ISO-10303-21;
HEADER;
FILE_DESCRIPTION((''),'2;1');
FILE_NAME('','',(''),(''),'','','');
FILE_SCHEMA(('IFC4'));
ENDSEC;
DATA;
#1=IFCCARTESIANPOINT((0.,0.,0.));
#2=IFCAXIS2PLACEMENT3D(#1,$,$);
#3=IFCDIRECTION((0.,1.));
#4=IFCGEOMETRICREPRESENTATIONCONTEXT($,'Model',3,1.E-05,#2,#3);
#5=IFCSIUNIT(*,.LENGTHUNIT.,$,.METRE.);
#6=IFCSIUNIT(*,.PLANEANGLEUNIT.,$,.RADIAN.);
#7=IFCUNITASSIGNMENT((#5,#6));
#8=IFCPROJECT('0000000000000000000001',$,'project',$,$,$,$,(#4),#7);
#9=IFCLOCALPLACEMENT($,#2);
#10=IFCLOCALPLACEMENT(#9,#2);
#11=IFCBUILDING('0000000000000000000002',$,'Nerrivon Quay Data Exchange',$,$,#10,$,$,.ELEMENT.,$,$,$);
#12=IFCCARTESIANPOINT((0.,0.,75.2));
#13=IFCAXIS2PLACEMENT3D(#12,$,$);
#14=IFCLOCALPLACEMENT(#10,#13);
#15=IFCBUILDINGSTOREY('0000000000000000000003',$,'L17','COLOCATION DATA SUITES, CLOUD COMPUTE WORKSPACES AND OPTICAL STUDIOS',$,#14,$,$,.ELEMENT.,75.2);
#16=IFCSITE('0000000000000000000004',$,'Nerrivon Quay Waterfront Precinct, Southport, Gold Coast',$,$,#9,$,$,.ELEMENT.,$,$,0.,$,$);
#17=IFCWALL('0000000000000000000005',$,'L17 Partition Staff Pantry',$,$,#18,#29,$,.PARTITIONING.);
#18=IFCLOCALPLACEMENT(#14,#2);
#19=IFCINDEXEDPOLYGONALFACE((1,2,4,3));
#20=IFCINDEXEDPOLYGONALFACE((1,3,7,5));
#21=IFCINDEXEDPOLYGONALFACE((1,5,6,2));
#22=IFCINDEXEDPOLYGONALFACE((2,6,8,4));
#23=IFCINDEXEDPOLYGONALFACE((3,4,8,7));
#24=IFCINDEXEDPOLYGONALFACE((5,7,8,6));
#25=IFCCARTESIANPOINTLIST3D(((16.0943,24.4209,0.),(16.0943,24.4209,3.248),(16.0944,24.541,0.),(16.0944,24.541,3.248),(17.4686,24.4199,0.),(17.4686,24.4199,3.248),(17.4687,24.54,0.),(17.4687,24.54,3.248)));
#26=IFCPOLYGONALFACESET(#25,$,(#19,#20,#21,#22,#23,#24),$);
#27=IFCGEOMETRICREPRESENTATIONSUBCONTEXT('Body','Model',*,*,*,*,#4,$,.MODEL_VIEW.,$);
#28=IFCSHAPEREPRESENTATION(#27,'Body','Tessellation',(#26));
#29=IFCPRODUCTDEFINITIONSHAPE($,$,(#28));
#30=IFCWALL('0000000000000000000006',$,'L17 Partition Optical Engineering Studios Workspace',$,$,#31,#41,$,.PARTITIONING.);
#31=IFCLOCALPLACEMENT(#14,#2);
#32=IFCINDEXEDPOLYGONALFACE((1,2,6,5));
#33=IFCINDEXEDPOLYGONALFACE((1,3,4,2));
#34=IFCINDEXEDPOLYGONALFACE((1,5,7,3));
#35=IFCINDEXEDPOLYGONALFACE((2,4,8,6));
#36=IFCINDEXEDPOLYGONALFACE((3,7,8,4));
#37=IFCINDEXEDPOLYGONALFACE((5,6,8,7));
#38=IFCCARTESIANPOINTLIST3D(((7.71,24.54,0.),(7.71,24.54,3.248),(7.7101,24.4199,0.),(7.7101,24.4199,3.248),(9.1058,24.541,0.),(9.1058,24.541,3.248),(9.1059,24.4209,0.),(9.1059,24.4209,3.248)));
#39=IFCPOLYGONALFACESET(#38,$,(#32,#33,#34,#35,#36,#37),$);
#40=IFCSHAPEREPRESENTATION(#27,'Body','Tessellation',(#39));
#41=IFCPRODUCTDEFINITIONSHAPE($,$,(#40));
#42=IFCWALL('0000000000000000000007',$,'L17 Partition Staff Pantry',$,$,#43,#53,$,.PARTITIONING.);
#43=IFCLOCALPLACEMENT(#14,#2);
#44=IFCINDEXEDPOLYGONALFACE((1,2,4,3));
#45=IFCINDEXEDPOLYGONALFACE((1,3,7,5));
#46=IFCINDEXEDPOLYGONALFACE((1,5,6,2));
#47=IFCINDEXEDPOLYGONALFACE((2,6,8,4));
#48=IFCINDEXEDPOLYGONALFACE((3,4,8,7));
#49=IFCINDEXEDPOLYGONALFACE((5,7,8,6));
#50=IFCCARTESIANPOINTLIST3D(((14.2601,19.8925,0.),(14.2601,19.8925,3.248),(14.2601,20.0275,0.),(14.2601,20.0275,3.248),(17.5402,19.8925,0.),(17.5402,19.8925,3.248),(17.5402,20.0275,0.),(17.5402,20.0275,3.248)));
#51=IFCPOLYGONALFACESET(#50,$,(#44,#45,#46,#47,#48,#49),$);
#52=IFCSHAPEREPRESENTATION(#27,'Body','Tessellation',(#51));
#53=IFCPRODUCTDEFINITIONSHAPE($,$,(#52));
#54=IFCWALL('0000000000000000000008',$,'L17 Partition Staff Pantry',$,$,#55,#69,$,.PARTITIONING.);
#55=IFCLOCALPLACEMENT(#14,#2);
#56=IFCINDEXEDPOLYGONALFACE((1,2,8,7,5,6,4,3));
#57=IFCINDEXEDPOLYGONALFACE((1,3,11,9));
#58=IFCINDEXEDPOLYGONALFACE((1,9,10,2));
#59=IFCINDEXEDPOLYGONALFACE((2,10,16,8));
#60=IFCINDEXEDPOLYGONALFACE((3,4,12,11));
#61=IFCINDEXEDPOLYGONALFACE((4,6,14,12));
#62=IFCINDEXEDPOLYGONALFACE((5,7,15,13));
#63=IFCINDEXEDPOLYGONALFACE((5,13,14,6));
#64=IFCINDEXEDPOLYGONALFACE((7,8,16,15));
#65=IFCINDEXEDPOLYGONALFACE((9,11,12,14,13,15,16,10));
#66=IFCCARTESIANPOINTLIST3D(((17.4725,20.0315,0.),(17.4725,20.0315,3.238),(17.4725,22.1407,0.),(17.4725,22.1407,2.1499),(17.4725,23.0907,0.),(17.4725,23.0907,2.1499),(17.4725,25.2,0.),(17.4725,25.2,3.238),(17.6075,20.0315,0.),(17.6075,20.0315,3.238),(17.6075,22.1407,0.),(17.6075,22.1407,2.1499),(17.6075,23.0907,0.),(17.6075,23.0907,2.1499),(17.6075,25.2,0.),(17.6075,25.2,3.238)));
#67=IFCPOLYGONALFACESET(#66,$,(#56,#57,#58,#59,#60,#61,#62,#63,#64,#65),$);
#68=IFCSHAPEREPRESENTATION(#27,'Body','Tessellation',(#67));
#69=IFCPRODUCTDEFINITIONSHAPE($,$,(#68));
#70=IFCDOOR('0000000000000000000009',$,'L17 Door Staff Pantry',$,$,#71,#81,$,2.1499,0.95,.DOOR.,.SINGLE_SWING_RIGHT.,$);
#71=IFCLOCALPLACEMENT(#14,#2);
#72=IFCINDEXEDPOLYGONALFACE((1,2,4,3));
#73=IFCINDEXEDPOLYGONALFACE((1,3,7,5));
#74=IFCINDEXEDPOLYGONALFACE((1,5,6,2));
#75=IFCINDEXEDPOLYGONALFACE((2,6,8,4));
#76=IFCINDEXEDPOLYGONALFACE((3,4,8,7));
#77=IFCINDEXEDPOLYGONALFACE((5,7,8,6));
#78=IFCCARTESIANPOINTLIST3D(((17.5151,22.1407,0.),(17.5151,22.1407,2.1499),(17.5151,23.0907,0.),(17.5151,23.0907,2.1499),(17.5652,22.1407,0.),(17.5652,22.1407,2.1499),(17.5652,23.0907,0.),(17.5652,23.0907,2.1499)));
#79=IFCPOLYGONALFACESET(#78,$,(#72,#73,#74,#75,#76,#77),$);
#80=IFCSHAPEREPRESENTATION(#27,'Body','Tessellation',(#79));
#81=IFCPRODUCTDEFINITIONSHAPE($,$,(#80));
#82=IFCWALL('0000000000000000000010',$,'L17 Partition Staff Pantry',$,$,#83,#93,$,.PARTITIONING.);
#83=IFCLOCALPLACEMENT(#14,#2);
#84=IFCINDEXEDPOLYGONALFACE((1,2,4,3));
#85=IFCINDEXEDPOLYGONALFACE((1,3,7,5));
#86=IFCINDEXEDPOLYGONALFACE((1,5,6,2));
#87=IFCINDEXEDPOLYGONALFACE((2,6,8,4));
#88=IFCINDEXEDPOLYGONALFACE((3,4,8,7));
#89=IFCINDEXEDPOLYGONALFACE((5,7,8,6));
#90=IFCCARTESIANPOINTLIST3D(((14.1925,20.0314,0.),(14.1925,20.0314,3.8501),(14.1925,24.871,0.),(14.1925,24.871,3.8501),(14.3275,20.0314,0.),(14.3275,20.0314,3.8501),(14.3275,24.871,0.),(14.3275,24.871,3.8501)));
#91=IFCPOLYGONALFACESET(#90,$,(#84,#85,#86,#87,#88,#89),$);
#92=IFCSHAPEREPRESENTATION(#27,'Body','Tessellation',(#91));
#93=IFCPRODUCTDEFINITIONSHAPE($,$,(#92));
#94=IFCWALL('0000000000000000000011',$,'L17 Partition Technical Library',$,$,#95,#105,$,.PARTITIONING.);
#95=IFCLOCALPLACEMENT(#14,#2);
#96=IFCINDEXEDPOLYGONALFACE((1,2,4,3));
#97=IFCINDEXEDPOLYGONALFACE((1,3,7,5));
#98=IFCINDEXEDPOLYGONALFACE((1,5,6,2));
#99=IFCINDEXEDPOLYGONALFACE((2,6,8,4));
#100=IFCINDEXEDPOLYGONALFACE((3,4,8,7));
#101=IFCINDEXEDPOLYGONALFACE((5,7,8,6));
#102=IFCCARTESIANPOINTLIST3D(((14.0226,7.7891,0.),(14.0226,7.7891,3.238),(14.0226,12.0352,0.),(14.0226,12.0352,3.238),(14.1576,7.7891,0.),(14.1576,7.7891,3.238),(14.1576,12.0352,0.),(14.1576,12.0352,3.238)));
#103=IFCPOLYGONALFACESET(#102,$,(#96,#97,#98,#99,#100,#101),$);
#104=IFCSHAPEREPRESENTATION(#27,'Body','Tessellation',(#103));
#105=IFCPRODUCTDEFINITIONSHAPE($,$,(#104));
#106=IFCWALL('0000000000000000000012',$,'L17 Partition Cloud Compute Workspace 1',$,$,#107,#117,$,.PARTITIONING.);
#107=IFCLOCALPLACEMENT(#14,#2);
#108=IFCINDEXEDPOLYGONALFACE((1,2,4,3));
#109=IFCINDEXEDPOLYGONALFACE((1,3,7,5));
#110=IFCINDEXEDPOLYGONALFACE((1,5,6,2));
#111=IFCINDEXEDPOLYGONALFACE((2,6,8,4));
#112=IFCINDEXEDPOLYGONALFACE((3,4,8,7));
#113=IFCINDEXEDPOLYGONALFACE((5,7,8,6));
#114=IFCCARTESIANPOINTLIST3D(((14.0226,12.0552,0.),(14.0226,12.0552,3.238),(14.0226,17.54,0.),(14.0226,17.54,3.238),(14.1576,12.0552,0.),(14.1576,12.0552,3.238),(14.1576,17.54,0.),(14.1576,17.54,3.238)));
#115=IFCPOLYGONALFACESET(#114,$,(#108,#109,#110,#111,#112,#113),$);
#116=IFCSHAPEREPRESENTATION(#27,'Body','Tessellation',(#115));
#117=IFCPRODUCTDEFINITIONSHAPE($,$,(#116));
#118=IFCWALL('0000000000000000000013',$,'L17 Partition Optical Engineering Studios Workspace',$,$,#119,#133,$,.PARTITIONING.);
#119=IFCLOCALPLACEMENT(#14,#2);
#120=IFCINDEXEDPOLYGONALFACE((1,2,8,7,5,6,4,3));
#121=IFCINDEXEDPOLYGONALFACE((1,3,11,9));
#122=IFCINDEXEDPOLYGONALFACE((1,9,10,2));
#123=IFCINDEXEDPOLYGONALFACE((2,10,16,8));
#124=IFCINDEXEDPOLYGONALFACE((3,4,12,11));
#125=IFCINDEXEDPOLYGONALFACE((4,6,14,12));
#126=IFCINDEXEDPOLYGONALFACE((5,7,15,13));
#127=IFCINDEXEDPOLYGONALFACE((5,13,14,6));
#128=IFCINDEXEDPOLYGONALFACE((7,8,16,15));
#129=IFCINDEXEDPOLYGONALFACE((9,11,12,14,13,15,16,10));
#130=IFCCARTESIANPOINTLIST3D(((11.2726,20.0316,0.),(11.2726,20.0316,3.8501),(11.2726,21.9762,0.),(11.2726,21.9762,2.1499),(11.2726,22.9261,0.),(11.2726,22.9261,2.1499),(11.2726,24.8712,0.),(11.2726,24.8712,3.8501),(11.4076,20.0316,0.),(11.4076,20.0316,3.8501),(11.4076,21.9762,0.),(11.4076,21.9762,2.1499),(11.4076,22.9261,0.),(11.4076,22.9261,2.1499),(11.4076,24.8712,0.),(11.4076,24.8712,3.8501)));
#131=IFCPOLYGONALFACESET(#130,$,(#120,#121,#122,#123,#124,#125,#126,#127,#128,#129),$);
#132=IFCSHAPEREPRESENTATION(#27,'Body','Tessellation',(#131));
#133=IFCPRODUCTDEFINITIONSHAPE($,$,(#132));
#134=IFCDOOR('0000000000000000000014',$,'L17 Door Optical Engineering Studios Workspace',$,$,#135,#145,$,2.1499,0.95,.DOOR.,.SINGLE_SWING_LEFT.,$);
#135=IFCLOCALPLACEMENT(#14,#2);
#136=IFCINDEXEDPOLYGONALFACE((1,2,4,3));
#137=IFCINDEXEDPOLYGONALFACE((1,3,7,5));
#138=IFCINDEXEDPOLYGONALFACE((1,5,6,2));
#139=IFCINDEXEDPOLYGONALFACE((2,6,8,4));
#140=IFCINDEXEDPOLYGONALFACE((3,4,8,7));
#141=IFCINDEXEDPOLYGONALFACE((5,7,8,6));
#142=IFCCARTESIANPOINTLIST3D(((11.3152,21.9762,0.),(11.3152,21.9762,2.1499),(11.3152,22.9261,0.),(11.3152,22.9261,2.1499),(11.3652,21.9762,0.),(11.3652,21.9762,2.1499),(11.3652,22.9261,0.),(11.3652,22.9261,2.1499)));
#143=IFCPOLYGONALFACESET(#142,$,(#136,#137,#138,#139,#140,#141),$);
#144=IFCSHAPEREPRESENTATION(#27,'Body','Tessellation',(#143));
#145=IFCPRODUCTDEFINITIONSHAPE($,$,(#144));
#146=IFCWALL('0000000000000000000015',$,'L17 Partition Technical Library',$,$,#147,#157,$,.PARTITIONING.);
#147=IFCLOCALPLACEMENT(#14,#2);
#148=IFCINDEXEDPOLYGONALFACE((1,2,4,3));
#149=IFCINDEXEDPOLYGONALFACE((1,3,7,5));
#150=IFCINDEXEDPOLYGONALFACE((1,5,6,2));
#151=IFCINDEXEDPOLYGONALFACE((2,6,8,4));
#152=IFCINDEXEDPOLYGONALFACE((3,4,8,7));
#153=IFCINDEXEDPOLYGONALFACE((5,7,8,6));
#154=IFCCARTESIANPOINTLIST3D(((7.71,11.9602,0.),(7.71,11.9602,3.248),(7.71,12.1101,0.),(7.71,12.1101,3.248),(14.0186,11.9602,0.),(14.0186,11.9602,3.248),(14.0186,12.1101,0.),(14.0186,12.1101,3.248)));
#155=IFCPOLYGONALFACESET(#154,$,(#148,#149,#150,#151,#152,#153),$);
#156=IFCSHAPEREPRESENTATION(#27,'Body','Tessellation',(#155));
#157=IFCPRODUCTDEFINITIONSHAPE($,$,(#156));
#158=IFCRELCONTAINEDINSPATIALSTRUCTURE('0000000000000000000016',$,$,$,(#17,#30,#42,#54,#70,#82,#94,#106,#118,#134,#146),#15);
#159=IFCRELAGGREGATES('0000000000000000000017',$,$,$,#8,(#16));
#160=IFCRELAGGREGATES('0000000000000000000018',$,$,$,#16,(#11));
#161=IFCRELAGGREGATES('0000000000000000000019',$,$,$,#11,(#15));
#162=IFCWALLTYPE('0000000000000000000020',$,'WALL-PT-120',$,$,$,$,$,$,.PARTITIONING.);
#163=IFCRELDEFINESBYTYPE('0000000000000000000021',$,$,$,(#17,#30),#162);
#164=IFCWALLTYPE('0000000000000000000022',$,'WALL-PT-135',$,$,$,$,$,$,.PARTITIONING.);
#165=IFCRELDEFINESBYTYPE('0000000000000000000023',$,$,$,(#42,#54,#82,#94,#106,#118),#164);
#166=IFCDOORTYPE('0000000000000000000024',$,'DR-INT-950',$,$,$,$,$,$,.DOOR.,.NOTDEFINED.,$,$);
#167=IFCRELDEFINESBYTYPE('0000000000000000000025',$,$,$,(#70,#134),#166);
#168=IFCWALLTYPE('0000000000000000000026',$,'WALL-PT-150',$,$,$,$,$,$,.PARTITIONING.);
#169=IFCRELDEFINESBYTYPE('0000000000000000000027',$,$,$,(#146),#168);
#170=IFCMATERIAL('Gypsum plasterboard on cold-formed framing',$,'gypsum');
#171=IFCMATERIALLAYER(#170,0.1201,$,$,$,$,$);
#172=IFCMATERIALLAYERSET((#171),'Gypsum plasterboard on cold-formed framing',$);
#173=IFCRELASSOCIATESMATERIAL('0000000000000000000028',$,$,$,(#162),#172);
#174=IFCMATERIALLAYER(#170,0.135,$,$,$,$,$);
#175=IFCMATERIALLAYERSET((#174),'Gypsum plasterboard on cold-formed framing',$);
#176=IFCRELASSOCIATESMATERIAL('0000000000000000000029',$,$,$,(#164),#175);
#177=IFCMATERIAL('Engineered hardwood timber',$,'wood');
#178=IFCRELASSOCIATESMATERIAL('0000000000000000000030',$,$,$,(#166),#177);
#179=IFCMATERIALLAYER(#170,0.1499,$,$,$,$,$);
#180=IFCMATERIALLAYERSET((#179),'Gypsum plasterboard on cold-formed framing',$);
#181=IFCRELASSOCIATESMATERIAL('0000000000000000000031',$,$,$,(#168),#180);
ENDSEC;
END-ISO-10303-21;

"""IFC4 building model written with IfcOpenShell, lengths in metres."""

from ifc_helpers import new_model, si_unit, direction, frame, frame_2d, origin, place, context, subcontext, project, spatial, rectangle, extrude, material, layer, layer_set, type_object, element, fill, save


model = new_model("IFC4")

# Units and contexts
model_context = context("Model", 3, precision=1e-05, world=origin(), true_north=direction((0.0, 1.0)))
body_context = subcontext(model_context, "Body", "Model", "MODEL_VIEW")
ifc_project = project(units=[si_unit("LENGTHUNIT", "METRE"), si_unit("PLANEANGLEUNIT", "RADIAN")], contexts=[model_context])

# Site, building, storey
site_placement = place(None, origin())
site = spatial("IfcSite", under=ifc_project, at=site_placement, Name="Nerrivon Quay Waterfront Precinct, Southport, Gold Coast", CompositionType="ELEMENT", RefElevation=0.0)
building_placement = place(site_placement, origin())
building = spatial("IfcBuilding", under=site, at=building_placement, Name="Nerrivon Quay Data Exchange", CompositionType="ELEMENT")
storey_placement = place(building_placement, frame((0.0, 0.0, 75.2)))
storey = spatial("IfcBuildingStorey", under=building, at=storey_placement, Name="L17", Description="COLOCATION DATA SUITES, CLOUD COMPUTE WORKSPACES AND OPTICAL STUDIOS", CompositionType="ELEMENT", Elevation=75.2)

# Walls
ifc_material_1 = material(Name="Gypsum plasterboard on cold-formed framing", Category="gypsum")
ifc_layer_1 = layer(ifc_material_1, 0.1201)
ifc_layer_set_1 = layer_set([ifc_layer_1], Name="Gypsum plasterboard on cold-formed framing")
wall_type_1 = type_object("IfcWallType", Name="WALL-PT-120", PredefinedType="PARTITIONING", material=ifc_layer_set_1)
wall_1_placement = place(storey_placement, frame((17.4685, 24.48, 0.0), z_axis=(0.0, 0.0, 1.0), x_axis=(-1.0, 0.000711, 0.0)))
element("IfcWall", 1, at=wall_1_placement, inside=storey, type_object=wall_type_1, Name="L17 Partition Staff Pantry", PredefinedType="PARTITIONING", context=body_context, shape_type="SweptSolid", body=[
    extrude(rectangle(XDim=1.3743, YDim=0.1201, at=frame_2d((0.687, 0.0))), origin(), (0.0, 0.0, 1.0), 3.248),
])
wall_2_placement = place(storey_placement, frame((9.1057, 24.481, 0.0), z_axis=(0.0, 0.0, 1.0), x_axis=(-1.0, -0.0007, 0.0)))
element("IfcWall", 2, at=wall_2_placement, inside=storey, type_object=wall_type_1, Name="L17 Partition Optical Engineering Studios Workspace", PredefinedType="PARTITIONING", context=body_context, shape_type="SweptSolid", body=[
    extrude(rectangle(XDim=1.3958, YDim=0.1201, at=frame_2d((0.6978, 0.0))), origin(), (0.0, 0.0, 1.0), 3.248),
])
ifc_layer_2 = layer(ifc_material_1, 0.135)
ifc_layer_set_2 = layer_set([ifc_layer_2], Name="Gypsum plasterboard on cold-formed framing")
wall_type_2 = type_object("IfcWallType", Name="WALL-PT-135", PredefinedType="PARTITIONING", material=ifc_layer_set_2)
wall_3_placement = place(storey_placement, frame((14.26, 19.96, 0.0), z_axis=(0.0, 0.0, 1.0), x_axis=(1.0, 0.0, 0.0)))
element("IfcWall", 3, at=wall_3_placement, inside=storey, type_object=wall_type_2, Name="L17 Partition Staff Pantry", PredefinedType="PARTITIONING", context=body_context, shape_type="SweptSolid", body=[
    extrude(rectangle(XDim=3.28, YDim=0.135, at=frame_2d((1.6401, 0.0))), origin(), (0.0, 0.0, 1.0), 3.248),
])

# Wall, opening, door
wall_4_placement = place(storey_placement, frame((17.54, 20.0315, 0.0), z_axis=(0.0, 0.0, 1.0), x_axis=(0.0, 1.0, 0.0)))
wall_4 = element("IfcWall", 4, at=wall_4_placement, inside=storey, type_object=wall_type_2, Name="L17 Partition Staff Pantry", PredefinedType="PARTITIONING", context=body_context, shape_type="SweptSolid", body=[
    extrude(rectangle(XDim=5.1685, YDim=0.135, at=frame_2d((2.5842, 0.0))), origin(), (0.0, 0.0, 1.0), 3.238),
])
opening_1_placement = place(wall_4_placement, frame((2.1091, 0.0, 0.0)))
opening_1 = element("IfcOpeningElement", 5, at=opening_1_placement, cuts=wall_4, PredefinedType="OPENING", context=body_context, shape_type="SweptSolid", body=[
    extrude(rectangle(XDim=0.95, YDim=2.1499, at=frame_2d((0.4751, 1.075))), frame((0.0, 0.0774, 0.0), z_axis=(0.0, -1.0, 0.0), x_axis=(1.0, 0.0, 0.0)), (0.0, 0.0, 1.0), 0.155),
])
ifc_material_2 = material(Name="Engineered hardwood timber", Category="wood")
door_type_1 = type_object("IfcDoorType", Name="DR-INT-950", OperationType="NOTDEFINED", PredefinedType="DOOR", material=ifc_material_2)
door_1_placement = place(opening_1_placement, origin())
door_1 = element("IfcDoor", 6, at=door_1_placement, inside=storey, type_object=door_type_1, Name="L17 Door Staff Pantry", OperationType="SINGLE_SWING_RIGHT", OverallHeight=2.1499, OverallWidth=0.95, PredefinedType="DOOR", context=body_context, shape_type="SweptSolid", body=[
    extrude(rectangle(XDim=0.95, YDim=2.1499, at=frame_2d((0.4751, 1.075))), frame((0.0, 0.0249, 0.0), z_axis=(0.0, -1.0, 0.0), x_axis=(1.0, 0.0, 0.0)), (0.0, 0.0, 1.0), 0.05),
])
fill(opening_1, door_1)

# Walls
wall_5_placement = place(storey_placement, frame((14.26, 24.8711, 0.0), z_axis=(0.0, 0.0, 1.0), x_axis=(0.0, -1.0, 0.0)))
element("IfcWall", 7, at=wall_5_placement, inside=storey, type_object=wall_type_2, Name="L17 Partition Staff Pantry", PredefinedType="PARTITIONING", context=body_context, shape_type="SweptSolid", body=[
    extrude(rectangle(XDim=4.8396, YDim=0.135, at=frame_2d((2.4199, 0.0))), origin(), (0.0, 0.0, 1.0), 3.8501),
])
wall_6_placement = place(storey_placement, frame((14.0901, 7.7891, 0.0), z_axis=(0.0, 0.0, 1.0), x_axis=(0.0, 1.0, 0.0)))
element("IfcWall", 8, at=wall_6_placement, inside=storey, type_object=wall_type_2, Name="L17 Partition Technical Library", PredefinedType="PARTITIONING", context=body_context, shape_type="SweptSolid", body=[
    extrude(rectangle(XDim=4.2461, YDim=0.135, at=frame_2d((2.123, 0.0))), origin(), (0.0, 0.0, 1.0), 3.238),
])
wall_7_placement = place(storey_placement, frame((14.0901, 12.0552, 0.0), z_axis=(0.0, 0.0, 1.0), x_axis=(0.0, 1.0, 0.0)))
element("IfcWall", 9, at=wall_7_placement, inside=storey, type_object=wall_type_2, Name="L17 Partition Cloud Compute Workspace 1", PredefinedType="PARTITIONING", context=body_context, shape_type="SweptSolid", body=[
    extrude(rectangle(XDim=5.4849, YDim=0.135, at=frame_2d((2.7424, 0.0))), origin(), (0.0, 0.0, 1.0), 3.238),
])

# Wall, opening, door
wall_8_placement = place(storey_placement, frame((11.3401, 20.0315, 0.0), z_axis=(0.0, 0.0, 1.0), x_axis=(0.0, 1.0, 0.0)))
wall_8 = element("IfcWall", 10, at=wall_8_placement, inside=storey, type_object=wall_type_2, Name="L17 Partition Optical Engineering Studios Workspace", PredefinedType="PARTITIONING", context=body_context, shape_type="SweptSolid", body=[
    extrude(rectangle(XDim=4.8396, YDim=0.135, at=frame_2d((2.4199, 0.0))), origin(), (0.0, 0.0, 1.0), 3.8501),
])
opening_2_placement = place(wall_8_placement, frame((1.9446, 0.0, 0.0)))
opening_2 = element("IfcOpeningElement", 11, at=opening_2_placement, cuts=wall_8, PredefinedType="OPENING", context=body_context, shape_type="SweptSolid", body=[
    extrude(rectangle(XDim=0.95, YDim=2.1499, at=frame_2d((0.4751, 1.075))), frame((0.0, 0.0774, 0.0), z_axis=(0.0, -1.0, 0.0), x_axis=(1.0, 0.0, 0.0)), (0.0, 0.0, 1.0), 0.155),
])
door_2_placement = place(opening_2_placement, origin())
door_2 = element("IfcDoor", 12, at=door_2_placement, inside=storey, type_object=door_type_1, Name="L17 Door Optical Engineering Studios Workspace", OperationType="SINGLE_SWING_LEFT", OverallHeight=2.1499, OverallWidth=0.95, PredefinedType="DOOR", context=body_context, shape_type="SweptSolid", body=[
    extrude(rectangle(XDim=0.95, YDim=2.1499, at=frame_2d((0.4751, 1.075))), frame((0.0, 0.0249, 0.0), z_axis=(0.0, -1.0, 0.0), x_axis=(1.0, 0.0, 0.0)), (0.0, 0.0, 1.0), 0.05),
])
fill(opening_2, door_2)

# Wall
ifc_layer_3 = layer(ifc_material_1, 0.1499)
ifc_layer_set_3 = layer_set([ifc_layer_3], Name="Gypsum plasterboard on cold-formed framing")
wall_type_3 = type_object("IfcWallType", Name="WALL-PT-150", PredefinedType="PARTITIONING", material=ifc_layer_set_3)
wall_9_placement = place(storey_placement, frame((14.0186, 12.0352, 0.0), z_axis=(0.0, 0.0, 1.0), x_axis=(-1.0, 0.0, 0.0)))
element("IfcWall", 13, at=wall_9_placement, inside=storey, type_object=wall_type_3, Name="L17 Partition Technical Library", PredefinedType="PARTITIONING", context=body_context, shape_type="SweptSolid", body=[
    extrude(rectangle(XDim=6.3086, YDim=0.1499, at=frame_2d((3.1543, 0.0))), origin(), (0.0, 0.0, 1.0), 3.248),
])

save(model, "model.ifc")
